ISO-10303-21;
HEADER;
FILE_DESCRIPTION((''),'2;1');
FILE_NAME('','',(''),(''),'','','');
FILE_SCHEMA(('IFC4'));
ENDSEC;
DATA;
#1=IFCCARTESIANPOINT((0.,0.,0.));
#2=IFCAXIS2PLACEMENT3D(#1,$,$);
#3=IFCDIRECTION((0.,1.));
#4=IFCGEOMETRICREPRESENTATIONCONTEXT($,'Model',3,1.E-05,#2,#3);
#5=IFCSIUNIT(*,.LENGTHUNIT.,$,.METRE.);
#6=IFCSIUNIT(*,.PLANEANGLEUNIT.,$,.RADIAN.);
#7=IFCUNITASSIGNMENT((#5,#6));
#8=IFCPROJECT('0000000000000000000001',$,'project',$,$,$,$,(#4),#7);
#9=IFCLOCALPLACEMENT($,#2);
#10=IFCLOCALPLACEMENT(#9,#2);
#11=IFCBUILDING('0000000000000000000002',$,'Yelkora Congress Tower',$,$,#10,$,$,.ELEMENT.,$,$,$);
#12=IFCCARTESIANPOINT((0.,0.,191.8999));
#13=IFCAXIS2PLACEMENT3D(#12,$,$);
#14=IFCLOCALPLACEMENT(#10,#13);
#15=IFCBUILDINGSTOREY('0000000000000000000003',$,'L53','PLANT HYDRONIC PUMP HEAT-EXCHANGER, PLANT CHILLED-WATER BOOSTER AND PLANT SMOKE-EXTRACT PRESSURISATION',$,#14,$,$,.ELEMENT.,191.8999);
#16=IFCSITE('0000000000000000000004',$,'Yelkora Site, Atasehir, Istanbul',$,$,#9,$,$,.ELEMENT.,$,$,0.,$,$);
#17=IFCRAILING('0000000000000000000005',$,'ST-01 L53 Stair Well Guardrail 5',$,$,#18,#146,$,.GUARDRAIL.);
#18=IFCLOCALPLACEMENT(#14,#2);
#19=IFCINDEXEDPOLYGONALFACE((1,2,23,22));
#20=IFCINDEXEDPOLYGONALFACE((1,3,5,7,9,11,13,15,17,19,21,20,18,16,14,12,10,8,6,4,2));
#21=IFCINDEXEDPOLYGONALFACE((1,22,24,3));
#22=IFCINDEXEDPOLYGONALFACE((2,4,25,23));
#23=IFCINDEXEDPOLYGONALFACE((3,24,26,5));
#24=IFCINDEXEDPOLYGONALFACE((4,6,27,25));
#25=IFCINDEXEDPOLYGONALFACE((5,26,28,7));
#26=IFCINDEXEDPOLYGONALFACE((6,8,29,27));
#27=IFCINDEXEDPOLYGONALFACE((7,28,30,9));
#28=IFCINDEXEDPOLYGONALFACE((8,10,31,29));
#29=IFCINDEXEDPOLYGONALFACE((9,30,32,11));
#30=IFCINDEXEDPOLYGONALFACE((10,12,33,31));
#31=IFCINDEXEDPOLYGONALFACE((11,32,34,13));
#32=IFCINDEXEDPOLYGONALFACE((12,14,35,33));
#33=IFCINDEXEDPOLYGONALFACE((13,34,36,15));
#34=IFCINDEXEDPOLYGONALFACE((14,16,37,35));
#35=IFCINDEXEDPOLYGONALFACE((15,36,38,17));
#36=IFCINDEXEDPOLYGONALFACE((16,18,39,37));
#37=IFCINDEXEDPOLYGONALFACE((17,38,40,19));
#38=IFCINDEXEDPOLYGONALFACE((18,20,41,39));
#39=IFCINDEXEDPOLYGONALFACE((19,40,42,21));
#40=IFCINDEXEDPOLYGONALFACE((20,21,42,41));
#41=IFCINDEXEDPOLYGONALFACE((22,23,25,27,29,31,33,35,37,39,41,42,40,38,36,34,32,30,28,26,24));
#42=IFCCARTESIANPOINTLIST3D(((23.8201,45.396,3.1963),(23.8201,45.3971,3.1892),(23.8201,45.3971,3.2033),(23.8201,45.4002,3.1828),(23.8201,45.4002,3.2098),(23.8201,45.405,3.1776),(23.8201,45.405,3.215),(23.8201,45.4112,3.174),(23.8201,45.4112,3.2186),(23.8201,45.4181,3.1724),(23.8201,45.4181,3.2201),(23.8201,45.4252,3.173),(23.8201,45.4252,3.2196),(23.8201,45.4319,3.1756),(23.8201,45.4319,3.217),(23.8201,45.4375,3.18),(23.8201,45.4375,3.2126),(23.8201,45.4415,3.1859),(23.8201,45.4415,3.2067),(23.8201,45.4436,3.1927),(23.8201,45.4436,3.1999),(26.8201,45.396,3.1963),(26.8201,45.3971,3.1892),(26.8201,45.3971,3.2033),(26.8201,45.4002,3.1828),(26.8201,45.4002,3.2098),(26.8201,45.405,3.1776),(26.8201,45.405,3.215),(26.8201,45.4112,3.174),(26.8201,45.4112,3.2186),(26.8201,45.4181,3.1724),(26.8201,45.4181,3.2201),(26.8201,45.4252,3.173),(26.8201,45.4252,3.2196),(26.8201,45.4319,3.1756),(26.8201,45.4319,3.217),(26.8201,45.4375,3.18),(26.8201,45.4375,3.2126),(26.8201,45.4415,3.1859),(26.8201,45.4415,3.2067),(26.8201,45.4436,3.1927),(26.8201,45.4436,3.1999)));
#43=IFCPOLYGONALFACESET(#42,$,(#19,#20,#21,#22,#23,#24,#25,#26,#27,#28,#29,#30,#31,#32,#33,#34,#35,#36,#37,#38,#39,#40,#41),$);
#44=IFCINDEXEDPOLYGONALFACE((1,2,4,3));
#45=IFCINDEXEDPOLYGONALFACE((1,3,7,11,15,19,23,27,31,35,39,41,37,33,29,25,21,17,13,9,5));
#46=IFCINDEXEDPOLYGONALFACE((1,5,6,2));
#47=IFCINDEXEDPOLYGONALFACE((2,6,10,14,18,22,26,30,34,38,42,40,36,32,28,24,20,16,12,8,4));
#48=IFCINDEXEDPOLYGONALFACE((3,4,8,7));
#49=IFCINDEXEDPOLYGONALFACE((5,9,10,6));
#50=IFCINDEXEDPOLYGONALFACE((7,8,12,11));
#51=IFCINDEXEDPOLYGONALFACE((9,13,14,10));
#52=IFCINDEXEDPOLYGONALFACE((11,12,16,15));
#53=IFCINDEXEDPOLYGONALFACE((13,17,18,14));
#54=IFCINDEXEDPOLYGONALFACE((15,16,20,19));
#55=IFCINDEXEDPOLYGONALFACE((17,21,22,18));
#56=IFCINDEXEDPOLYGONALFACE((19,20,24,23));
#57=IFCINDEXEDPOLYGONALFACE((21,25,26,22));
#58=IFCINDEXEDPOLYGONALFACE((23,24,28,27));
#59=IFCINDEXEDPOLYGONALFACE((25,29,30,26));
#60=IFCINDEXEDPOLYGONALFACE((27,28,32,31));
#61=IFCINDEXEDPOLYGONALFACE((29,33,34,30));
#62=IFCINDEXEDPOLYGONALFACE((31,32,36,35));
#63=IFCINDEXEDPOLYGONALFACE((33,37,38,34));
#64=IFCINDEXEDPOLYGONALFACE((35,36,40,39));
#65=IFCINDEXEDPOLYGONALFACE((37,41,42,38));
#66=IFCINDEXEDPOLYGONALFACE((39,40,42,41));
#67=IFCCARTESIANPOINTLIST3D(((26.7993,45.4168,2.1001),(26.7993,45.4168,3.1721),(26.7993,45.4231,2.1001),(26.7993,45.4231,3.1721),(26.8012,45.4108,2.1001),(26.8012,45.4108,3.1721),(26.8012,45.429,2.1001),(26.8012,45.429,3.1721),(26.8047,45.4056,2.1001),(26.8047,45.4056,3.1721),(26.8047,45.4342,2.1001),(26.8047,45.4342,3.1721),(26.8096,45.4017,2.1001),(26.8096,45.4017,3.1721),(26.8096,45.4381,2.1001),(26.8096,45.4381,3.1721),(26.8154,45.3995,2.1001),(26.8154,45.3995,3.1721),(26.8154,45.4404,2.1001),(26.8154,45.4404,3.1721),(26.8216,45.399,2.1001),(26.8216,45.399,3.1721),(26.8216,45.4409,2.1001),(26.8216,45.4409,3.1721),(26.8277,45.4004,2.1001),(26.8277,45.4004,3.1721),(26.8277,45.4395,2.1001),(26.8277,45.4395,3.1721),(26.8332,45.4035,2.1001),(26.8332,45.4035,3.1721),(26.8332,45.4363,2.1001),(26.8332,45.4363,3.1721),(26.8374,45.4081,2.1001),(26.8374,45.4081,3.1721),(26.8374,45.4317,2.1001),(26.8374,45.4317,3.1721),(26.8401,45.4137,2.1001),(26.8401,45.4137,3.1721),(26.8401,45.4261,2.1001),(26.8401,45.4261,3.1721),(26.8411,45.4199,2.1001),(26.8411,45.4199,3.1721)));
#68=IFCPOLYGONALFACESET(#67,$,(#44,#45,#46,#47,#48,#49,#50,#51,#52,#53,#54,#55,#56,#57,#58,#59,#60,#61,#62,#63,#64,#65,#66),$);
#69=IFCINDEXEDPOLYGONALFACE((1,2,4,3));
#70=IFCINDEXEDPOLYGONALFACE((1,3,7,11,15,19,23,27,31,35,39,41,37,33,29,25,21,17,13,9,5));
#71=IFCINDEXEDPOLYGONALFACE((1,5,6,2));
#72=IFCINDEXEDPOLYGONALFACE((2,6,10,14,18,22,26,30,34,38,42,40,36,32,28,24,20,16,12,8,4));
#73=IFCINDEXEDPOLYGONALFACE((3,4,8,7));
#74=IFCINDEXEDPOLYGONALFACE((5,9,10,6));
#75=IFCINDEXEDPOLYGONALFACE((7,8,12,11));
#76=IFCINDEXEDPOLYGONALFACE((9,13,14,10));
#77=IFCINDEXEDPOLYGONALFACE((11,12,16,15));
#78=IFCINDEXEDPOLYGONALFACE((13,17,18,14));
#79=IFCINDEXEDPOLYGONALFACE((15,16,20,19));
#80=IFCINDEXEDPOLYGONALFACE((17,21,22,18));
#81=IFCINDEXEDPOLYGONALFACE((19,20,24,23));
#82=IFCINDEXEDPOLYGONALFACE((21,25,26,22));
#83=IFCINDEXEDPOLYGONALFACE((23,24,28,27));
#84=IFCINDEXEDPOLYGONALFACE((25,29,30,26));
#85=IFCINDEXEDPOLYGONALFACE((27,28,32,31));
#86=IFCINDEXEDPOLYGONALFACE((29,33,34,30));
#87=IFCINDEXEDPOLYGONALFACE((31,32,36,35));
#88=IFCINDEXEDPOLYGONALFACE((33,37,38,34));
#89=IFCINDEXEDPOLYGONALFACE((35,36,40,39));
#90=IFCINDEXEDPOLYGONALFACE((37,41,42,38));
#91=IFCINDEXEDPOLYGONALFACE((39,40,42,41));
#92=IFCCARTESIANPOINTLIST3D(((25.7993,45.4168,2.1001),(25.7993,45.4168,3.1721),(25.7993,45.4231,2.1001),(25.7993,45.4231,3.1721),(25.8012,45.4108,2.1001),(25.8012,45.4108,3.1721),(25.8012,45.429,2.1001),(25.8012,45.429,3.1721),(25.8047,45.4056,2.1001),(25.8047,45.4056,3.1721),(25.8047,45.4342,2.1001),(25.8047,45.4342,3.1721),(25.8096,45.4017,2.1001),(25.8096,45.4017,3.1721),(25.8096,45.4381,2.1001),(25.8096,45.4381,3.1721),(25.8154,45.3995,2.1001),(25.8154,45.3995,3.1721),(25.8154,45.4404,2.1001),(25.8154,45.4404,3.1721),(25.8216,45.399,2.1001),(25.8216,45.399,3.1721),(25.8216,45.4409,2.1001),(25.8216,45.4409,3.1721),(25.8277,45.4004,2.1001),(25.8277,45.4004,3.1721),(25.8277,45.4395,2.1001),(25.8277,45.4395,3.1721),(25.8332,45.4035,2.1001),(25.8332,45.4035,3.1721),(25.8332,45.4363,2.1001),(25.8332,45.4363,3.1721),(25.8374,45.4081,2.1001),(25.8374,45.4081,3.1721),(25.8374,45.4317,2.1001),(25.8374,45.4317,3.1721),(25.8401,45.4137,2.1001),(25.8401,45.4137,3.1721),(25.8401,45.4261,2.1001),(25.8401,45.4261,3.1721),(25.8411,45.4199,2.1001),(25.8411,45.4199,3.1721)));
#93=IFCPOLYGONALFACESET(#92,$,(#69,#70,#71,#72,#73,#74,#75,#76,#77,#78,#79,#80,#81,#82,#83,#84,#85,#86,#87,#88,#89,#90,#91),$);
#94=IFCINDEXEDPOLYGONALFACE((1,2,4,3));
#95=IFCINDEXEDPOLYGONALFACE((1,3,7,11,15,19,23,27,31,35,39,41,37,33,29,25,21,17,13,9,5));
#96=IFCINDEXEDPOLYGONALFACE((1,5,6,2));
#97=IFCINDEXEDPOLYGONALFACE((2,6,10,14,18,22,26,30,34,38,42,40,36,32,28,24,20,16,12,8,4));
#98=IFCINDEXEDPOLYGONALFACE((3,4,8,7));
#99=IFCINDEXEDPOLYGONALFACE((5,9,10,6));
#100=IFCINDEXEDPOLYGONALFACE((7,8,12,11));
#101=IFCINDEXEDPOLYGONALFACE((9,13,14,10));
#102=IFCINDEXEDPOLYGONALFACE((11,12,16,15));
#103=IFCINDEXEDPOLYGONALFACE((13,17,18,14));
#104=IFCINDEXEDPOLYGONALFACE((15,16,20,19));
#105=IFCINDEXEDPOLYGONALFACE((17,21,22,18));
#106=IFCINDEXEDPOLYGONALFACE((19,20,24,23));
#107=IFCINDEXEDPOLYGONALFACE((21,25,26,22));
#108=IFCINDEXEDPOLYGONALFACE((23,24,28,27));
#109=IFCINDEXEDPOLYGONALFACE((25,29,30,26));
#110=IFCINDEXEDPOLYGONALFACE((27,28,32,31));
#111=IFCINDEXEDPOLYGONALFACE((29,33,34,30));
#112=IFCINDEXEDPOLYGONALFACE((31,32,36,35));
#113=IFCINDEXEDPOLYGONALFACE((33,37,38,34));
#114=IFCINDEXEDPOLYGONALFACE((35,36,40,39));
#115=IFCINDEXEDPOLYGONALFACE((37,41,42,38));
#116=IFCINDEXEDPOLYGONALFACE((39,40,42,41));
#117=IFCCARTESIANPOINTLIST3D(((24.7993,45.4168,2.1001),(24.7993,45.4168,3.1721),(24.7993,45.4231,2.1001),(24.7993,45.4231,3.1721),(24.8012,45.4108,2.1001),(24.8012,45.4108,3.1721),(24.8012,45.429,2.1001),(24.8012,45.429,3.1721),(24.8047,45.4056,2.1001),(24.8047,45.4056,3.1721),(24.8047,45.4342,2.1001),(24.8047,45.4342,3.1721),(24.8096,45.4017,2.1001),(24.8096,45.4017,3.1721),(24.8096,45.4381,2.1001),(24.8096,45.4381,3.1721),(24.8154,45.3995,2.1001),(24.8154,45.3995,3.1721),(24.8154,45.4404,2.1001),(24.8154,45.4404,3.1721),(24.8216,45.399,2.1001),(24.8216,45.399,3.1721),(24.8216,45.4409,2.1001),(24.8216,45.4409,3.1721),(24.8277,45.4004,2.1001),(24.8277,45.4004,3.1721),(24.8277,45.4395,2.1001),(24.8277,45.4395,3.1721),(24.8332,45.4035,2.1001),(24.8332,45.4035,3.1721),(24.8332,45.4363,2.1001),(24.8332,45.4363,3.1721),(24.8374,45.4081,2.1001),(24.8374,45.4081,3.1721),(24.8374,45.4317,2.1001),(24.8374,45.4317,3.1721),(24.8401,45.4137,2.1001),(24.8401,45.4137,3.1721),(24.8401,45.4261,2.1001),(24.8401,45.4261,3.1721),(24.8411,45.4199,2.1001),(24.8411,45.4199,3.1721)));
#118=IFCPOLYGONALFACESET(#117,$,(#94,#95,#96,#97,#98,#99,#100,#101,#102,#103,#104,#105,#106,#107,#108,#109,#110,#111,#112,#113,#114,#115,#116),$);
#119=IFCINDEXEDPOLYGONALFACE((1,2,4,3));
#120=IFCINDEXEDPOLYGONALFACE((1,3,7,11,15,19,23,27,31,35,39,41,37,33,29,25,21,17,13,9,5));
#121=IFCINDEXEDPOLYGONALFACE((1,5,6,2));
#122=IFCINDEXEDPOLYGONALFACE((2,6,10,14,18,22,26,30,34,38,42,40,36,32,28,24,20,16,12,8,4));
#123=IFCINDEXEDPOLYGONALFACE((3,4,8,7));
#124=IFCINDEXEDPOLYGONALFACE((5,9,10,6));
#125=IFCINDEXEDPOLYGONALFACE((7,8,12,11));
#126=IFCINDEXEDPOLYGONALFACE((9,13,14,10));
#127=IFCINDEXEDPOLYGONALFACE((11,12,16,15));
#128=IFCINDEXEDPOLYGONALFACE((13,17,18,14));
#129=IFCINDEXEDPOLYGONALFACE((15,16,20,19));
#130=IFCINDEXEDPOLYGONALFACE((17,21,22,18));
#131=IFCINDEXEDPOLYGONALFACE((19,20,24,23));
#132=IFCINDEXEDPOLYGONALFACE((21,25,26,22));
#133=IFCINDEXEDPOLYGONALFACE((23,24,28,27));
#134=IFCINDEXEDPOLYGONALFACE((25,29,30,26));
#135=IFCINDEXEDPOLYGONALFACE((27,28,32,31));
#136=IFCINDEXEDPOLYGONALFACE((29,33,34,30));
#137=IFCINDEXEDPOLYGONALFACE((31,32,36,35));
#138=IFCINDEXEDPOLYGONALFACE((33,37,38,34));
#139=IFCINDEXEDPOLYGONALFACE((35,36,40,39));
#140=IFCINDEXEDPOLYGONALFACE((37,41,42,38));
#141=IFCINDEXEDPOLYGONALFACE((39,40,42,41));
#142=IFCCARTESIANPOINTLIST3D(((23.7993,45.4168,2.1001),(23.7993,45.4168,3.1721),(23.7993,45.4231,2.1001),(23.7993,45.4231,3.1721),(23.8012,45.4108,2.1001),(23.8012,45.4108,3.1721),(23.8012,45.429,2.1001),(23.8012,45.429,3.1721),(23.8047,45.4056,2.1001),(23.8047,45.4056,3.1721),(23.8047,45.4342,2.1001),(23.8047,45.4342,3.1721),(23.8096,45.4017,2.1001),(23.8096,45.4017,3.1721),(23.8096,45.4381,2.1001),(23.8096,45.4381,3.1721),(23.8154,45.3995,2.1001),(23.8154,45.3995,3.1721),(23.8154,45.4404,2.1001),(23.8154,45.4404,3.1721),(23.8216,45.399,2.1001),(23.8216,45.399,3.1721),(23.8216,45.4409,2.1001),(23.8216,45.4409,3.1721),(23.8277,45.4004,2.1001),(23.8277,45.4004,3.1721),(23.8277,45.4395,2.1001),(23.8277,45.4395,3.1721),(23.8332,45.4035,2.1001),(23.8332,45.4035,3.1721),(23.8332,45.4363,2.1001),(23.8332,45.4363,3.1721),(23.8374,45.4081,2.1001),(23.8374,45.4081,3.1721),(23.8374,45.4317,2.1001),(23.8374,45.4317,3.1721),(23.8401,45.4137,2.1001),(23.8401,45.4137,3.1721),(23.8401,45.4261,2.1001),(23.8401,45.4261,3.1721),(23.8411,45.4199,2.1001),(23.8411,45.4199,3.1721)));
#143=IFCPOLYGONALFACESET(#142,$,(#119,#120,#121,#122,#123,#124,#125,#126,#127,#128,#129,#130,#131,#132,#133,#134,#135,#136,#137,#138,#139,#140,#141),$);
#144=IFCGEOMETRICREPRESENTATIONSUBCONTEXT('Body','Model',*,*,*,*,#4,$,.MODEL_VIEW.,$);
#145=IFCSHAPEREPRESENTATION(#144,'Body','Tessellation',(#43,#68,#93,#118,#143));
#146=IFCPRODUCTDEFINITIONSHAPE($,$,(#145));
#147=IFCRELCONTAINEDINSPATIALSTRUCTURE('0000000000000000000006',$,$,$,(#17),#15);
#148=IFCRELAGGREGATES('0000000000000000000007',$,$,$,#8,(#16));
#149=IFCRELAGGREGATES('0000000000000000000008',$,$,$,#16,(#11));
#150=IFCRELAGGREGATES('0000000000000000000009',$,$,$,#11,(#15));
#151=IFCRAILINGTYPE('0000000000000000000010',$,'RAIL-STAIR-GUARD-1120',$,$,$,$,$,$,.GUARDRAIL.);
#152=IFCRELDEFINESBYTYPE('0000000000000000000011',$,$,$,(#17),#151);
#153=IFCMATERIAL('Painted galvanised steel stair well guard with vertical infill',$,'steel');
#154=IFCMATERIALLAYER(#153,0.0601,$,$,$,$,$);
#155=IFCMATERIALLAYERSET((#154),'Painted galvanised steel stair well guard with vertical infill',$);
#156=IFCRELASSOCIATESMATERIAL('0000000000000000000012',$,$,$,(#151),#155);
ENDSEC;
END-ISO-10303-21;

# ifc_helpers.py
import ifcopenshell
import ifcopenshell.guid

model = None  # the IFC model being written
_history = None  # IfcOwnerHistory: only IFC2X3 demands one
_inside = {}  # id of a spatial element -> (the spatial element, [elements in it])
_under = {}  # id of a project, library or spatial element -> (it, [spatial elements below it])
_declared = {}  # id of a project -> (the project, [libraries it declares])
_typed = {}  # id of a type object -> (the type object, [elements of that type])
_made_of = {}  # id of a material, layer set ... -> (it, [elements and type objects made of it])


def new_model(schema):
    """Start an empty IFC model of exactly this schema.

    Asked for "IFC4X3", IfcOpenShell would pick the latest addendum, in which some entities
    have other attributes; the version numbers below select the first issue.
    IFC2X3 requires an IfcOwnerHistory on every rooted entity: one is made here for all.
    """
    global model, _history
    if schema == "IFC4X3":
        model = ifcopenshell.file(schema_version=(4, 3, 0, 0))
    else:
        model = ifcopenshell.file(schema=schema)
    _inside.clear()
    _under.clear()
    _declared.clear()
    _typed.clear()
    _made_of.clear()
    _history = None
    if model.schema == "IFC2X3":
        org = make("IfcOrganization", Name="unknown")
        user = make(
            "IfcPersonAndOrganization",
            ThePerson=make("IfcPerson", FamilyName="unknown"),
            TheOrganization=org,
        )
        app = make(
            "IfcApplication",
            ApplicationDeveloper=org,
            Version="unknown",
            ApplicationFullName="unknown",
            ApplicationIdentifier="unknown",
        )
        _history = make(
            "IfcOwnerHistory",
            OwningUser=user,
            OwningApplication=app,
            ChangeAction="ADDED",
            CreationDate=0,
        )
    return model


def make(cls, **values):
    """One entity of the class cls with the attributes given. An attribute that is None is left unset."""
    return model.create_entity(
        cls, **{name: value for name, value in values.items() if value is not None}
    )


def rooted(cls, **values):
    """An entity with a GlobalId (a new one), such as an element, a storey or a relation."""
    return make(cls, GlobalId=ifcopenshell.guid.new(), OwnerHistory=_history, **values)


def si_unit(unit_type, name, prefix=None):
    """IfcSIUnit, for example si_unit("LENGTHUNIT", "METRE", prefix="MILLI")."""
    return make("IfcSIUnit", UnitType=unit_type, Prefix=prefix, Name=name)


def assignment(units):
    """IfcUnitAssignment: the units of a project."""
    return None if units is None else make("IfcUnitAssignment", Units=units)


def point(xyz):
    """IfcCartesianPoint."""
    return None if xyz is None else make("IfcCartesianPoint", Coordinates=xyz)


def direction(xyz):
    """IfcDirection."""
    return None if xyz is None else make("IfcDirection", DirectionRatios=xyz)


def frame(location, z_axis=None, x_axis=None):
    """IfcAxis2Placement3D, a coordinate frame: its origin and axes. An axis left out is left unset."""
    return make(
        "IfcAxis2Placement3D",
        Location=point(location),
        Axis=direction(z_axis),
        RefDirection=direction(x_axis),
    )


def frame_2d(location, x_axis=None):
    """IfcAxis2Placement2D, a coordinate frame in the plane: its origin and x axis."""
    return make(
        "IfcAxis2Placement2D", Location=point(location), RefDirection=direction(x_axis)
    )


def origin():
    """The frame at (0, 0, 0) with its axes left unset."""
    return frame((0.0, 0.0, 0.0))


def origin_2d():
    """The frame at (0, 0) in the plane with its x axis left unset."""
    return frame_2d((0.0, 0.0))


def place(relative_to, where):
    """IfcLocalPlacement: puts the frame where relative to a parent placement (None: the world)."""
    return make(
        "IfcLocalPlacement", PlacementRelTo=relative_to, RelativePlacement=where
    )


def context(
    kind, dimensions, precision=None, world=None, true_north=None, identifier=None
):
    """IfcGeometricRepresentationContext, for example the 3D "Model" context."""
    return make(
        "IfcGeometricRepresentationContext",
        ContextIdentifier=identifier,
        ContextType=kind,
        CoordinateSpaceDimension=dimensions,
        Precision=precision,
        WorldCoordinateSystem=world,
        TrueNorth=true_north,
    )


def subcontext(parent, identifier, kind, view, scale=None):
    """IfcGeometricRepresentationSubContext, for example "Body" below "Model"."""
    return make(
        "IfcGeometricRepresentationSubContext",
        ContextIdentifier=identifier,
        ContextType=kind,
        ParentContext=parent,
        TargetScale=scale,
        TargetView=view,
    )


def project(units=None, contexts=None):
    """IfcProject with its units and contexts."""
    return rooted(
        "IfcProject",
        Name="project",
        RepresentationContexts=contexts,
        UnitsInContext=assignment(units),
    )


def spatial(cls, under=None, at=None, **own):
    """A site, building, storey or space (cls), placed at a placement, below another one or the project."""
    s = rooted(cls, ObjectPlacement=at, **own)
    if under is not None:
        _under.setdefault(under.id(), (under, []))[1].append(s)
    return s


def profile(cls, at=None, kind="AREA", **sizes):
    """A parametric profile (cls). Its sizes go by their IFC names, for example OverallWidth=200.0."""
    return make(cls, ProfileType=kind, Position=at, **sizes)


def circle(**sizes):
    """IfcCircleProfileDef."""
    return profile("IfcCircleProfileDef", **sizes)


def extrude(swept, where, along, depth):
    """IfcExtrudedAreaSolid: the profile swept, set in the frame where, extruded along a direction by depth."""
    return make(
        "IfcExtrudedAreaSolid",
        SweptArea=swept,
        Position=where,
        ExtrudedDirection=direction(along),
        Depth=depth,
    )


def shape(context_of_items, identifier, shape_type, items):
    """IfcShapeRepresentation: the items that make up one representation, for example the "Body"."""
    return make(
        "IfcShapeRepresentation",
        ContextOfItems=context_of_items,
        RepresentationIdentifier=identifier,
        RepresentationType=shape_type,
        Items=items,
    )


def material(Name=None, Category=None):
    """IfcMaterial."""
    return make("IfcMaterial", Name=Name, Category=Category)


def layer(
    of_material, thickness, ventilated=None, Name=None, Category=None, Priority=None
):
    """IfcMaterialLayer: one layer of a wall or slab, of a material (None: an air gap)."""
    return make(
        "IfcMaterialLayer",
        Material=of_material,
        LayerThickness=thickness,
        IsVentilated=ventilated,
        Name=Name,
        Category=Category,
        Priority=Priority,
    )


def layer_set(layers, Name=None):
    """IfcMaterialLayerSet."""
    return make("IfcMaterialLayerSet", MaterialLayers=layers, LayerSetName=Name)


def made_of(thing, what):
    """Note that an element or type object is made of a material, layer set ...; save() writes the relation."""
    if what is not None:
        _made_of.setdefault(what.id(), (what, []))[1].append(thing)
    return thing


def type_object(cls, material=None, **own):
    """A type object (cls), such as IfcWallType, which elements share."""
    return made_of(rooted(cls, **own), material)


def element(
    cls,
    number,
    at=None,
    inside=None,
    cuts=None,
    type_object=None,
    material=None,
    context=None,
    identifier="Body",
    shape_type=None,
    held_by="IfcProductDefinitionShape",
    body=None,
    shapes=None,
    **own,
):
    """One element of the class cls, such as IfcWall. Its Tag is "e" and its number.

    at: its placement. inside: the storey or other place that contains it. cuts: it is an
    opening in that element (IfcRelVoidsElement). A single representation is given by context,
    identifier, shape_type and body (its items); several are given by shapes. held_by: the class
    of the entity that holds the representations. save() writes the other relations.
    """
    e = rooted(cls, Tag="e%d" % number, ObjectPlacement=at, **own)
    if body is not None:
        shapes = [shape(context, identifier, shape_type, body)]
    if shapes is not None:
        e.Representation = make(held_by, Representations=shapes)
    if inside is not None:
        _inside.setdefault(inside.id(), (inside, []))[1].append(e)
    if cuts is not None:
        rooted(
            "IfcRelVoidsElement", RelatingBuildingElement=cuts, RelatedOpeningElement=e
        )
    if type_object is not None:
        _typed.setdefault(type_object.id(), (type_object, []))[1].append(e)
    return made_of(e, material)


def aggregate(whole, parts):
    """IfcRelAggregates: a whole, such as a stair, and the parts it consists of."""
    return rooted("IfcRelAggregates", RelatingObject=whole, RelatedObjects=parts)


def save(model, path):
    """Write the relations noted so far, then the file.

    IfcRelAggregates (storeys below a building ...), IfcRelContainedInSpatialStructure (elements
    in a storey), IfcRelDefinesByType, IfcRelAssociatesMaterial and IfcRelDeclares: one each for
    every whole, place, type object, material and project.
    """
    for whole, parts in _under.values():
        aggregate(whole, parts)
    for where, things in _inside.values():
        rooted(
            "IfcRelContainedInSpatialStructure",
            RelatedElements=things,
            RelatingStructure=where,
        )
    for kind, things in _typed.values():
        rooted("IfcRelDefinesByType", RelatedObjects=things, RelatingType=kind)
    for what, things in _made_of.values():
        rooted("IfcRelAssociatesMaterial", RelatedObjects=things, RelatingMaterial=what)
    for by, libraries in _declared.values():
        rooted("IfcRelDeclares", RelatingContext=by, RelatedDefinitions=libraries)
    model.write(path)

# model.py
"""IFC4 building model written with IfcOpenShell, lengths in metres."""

from ifc_helpers import new_model, si_unit, direction, frame, origin, origin_2d, place, context, subcontext, project, spatial, circle, extrude, material, layer, layer_set, type_object, element, save


model = new_model("IFC4")

# Units and contexts
model_context = context("Model", 3, precision=1e-05, world=origin(), true_north=direction((0.0, 1.0)))
body_context = subcontext(model_context, "Body", "Model", "MODEL_VIEW")
ifc_project = project(units=[si_unit("LENGTHUNIT", "METRE"), si_unit("PLANEANGLEUNIT", "RADIAN")], contexts=[model_context])

# Site, building, storey
site_placement = place(None, origin())
site = spatial("IfcSite", under=ifc_project, at=site_placement, Name="Yelkora Site, Atasehir, Istanbul", CompositionType="ELEMENT", RefElevation=0.0)
building_placement = place(site_placement, origin())
building = spatial("IfcBuilding", under=site, at=building_placement, Name="Yelkora Congress Tower", CompositionType="ELEMENT")
storey_placement = place(building_placement, frame((0.0, 0.0, 191.8999)))
storey = spatial("IfcBuildingStorey", under=building, at=storey_placement, Name="L53", Description="PLANT HYDRONIC PUMP HEAT-EXCHANGER, PLANT CHILLED-WATER BOOSTER AND PLANT SMOKE-EXTRACT PRESSURISATION", CompositionType="ELEMENT", Elevation=191.8999)

# Railing
ifc_material_1 = material(Name="Painted galvanised steel stair well guard with vertical infill", Category="steel")
ifc_layer_1 = layer(ifc_material_1, 0.0601)
ifc_layer_set_1 = layer_set([ifc_layer_1], Name="Painted galvanised steel stair well guard with vertical infill")
railing_type_1 = type_object("IfcRailingType", Name="RAIL-STAIR-GUARD-1120", PredefinedType="GUARDRAIL", material=ifc_layer_set_1)
railing_1_placement = place(storey_placement, frame((26.8201, 45.4199, 2.1001)))
element("IfcRailing", 1, at=railing_1_placement, inside=storey, type_object=railing_type_1, Name="ST-01 L53 Stair Well Guardrail 5", PredefinedType="GUARDRAIL", context=body_context, shape_type="SweptSolid", body=[
    extrude(circle(Radius=0.0239, at=origin_2d()), frame((0.0, 0.0, 1.0962), z_axis=(-1.0, 0.0, 0.0), x_axis=(0.0, -1.0, 0.0)), (0.0, 0.0, 1.0), 3.0),
    extrude(circle(Radius=0.021, at=origin_2d()), origin(), (0.0, 0.0, 1.0), 1.072),
    extrude(circle(Radius=0.021, at=origin_2d()), frame((-1.0, 0.0, 0.0)), (0.0, 0.0, 1.0), 1.072),
    extrude(circle(Radius=0.021, at=origin_2d()), frame((-2.0, 0.0, 0.0)), (0.0, 0.0, 1.0), 1.072),
    extrude(circle(Radius=0.021, at=origin_2d()), frame((-3.0, 0.0, 0.0)), (0.0, 0.0, 1.0), 1.072),
])

save(model, "model.ifc")
